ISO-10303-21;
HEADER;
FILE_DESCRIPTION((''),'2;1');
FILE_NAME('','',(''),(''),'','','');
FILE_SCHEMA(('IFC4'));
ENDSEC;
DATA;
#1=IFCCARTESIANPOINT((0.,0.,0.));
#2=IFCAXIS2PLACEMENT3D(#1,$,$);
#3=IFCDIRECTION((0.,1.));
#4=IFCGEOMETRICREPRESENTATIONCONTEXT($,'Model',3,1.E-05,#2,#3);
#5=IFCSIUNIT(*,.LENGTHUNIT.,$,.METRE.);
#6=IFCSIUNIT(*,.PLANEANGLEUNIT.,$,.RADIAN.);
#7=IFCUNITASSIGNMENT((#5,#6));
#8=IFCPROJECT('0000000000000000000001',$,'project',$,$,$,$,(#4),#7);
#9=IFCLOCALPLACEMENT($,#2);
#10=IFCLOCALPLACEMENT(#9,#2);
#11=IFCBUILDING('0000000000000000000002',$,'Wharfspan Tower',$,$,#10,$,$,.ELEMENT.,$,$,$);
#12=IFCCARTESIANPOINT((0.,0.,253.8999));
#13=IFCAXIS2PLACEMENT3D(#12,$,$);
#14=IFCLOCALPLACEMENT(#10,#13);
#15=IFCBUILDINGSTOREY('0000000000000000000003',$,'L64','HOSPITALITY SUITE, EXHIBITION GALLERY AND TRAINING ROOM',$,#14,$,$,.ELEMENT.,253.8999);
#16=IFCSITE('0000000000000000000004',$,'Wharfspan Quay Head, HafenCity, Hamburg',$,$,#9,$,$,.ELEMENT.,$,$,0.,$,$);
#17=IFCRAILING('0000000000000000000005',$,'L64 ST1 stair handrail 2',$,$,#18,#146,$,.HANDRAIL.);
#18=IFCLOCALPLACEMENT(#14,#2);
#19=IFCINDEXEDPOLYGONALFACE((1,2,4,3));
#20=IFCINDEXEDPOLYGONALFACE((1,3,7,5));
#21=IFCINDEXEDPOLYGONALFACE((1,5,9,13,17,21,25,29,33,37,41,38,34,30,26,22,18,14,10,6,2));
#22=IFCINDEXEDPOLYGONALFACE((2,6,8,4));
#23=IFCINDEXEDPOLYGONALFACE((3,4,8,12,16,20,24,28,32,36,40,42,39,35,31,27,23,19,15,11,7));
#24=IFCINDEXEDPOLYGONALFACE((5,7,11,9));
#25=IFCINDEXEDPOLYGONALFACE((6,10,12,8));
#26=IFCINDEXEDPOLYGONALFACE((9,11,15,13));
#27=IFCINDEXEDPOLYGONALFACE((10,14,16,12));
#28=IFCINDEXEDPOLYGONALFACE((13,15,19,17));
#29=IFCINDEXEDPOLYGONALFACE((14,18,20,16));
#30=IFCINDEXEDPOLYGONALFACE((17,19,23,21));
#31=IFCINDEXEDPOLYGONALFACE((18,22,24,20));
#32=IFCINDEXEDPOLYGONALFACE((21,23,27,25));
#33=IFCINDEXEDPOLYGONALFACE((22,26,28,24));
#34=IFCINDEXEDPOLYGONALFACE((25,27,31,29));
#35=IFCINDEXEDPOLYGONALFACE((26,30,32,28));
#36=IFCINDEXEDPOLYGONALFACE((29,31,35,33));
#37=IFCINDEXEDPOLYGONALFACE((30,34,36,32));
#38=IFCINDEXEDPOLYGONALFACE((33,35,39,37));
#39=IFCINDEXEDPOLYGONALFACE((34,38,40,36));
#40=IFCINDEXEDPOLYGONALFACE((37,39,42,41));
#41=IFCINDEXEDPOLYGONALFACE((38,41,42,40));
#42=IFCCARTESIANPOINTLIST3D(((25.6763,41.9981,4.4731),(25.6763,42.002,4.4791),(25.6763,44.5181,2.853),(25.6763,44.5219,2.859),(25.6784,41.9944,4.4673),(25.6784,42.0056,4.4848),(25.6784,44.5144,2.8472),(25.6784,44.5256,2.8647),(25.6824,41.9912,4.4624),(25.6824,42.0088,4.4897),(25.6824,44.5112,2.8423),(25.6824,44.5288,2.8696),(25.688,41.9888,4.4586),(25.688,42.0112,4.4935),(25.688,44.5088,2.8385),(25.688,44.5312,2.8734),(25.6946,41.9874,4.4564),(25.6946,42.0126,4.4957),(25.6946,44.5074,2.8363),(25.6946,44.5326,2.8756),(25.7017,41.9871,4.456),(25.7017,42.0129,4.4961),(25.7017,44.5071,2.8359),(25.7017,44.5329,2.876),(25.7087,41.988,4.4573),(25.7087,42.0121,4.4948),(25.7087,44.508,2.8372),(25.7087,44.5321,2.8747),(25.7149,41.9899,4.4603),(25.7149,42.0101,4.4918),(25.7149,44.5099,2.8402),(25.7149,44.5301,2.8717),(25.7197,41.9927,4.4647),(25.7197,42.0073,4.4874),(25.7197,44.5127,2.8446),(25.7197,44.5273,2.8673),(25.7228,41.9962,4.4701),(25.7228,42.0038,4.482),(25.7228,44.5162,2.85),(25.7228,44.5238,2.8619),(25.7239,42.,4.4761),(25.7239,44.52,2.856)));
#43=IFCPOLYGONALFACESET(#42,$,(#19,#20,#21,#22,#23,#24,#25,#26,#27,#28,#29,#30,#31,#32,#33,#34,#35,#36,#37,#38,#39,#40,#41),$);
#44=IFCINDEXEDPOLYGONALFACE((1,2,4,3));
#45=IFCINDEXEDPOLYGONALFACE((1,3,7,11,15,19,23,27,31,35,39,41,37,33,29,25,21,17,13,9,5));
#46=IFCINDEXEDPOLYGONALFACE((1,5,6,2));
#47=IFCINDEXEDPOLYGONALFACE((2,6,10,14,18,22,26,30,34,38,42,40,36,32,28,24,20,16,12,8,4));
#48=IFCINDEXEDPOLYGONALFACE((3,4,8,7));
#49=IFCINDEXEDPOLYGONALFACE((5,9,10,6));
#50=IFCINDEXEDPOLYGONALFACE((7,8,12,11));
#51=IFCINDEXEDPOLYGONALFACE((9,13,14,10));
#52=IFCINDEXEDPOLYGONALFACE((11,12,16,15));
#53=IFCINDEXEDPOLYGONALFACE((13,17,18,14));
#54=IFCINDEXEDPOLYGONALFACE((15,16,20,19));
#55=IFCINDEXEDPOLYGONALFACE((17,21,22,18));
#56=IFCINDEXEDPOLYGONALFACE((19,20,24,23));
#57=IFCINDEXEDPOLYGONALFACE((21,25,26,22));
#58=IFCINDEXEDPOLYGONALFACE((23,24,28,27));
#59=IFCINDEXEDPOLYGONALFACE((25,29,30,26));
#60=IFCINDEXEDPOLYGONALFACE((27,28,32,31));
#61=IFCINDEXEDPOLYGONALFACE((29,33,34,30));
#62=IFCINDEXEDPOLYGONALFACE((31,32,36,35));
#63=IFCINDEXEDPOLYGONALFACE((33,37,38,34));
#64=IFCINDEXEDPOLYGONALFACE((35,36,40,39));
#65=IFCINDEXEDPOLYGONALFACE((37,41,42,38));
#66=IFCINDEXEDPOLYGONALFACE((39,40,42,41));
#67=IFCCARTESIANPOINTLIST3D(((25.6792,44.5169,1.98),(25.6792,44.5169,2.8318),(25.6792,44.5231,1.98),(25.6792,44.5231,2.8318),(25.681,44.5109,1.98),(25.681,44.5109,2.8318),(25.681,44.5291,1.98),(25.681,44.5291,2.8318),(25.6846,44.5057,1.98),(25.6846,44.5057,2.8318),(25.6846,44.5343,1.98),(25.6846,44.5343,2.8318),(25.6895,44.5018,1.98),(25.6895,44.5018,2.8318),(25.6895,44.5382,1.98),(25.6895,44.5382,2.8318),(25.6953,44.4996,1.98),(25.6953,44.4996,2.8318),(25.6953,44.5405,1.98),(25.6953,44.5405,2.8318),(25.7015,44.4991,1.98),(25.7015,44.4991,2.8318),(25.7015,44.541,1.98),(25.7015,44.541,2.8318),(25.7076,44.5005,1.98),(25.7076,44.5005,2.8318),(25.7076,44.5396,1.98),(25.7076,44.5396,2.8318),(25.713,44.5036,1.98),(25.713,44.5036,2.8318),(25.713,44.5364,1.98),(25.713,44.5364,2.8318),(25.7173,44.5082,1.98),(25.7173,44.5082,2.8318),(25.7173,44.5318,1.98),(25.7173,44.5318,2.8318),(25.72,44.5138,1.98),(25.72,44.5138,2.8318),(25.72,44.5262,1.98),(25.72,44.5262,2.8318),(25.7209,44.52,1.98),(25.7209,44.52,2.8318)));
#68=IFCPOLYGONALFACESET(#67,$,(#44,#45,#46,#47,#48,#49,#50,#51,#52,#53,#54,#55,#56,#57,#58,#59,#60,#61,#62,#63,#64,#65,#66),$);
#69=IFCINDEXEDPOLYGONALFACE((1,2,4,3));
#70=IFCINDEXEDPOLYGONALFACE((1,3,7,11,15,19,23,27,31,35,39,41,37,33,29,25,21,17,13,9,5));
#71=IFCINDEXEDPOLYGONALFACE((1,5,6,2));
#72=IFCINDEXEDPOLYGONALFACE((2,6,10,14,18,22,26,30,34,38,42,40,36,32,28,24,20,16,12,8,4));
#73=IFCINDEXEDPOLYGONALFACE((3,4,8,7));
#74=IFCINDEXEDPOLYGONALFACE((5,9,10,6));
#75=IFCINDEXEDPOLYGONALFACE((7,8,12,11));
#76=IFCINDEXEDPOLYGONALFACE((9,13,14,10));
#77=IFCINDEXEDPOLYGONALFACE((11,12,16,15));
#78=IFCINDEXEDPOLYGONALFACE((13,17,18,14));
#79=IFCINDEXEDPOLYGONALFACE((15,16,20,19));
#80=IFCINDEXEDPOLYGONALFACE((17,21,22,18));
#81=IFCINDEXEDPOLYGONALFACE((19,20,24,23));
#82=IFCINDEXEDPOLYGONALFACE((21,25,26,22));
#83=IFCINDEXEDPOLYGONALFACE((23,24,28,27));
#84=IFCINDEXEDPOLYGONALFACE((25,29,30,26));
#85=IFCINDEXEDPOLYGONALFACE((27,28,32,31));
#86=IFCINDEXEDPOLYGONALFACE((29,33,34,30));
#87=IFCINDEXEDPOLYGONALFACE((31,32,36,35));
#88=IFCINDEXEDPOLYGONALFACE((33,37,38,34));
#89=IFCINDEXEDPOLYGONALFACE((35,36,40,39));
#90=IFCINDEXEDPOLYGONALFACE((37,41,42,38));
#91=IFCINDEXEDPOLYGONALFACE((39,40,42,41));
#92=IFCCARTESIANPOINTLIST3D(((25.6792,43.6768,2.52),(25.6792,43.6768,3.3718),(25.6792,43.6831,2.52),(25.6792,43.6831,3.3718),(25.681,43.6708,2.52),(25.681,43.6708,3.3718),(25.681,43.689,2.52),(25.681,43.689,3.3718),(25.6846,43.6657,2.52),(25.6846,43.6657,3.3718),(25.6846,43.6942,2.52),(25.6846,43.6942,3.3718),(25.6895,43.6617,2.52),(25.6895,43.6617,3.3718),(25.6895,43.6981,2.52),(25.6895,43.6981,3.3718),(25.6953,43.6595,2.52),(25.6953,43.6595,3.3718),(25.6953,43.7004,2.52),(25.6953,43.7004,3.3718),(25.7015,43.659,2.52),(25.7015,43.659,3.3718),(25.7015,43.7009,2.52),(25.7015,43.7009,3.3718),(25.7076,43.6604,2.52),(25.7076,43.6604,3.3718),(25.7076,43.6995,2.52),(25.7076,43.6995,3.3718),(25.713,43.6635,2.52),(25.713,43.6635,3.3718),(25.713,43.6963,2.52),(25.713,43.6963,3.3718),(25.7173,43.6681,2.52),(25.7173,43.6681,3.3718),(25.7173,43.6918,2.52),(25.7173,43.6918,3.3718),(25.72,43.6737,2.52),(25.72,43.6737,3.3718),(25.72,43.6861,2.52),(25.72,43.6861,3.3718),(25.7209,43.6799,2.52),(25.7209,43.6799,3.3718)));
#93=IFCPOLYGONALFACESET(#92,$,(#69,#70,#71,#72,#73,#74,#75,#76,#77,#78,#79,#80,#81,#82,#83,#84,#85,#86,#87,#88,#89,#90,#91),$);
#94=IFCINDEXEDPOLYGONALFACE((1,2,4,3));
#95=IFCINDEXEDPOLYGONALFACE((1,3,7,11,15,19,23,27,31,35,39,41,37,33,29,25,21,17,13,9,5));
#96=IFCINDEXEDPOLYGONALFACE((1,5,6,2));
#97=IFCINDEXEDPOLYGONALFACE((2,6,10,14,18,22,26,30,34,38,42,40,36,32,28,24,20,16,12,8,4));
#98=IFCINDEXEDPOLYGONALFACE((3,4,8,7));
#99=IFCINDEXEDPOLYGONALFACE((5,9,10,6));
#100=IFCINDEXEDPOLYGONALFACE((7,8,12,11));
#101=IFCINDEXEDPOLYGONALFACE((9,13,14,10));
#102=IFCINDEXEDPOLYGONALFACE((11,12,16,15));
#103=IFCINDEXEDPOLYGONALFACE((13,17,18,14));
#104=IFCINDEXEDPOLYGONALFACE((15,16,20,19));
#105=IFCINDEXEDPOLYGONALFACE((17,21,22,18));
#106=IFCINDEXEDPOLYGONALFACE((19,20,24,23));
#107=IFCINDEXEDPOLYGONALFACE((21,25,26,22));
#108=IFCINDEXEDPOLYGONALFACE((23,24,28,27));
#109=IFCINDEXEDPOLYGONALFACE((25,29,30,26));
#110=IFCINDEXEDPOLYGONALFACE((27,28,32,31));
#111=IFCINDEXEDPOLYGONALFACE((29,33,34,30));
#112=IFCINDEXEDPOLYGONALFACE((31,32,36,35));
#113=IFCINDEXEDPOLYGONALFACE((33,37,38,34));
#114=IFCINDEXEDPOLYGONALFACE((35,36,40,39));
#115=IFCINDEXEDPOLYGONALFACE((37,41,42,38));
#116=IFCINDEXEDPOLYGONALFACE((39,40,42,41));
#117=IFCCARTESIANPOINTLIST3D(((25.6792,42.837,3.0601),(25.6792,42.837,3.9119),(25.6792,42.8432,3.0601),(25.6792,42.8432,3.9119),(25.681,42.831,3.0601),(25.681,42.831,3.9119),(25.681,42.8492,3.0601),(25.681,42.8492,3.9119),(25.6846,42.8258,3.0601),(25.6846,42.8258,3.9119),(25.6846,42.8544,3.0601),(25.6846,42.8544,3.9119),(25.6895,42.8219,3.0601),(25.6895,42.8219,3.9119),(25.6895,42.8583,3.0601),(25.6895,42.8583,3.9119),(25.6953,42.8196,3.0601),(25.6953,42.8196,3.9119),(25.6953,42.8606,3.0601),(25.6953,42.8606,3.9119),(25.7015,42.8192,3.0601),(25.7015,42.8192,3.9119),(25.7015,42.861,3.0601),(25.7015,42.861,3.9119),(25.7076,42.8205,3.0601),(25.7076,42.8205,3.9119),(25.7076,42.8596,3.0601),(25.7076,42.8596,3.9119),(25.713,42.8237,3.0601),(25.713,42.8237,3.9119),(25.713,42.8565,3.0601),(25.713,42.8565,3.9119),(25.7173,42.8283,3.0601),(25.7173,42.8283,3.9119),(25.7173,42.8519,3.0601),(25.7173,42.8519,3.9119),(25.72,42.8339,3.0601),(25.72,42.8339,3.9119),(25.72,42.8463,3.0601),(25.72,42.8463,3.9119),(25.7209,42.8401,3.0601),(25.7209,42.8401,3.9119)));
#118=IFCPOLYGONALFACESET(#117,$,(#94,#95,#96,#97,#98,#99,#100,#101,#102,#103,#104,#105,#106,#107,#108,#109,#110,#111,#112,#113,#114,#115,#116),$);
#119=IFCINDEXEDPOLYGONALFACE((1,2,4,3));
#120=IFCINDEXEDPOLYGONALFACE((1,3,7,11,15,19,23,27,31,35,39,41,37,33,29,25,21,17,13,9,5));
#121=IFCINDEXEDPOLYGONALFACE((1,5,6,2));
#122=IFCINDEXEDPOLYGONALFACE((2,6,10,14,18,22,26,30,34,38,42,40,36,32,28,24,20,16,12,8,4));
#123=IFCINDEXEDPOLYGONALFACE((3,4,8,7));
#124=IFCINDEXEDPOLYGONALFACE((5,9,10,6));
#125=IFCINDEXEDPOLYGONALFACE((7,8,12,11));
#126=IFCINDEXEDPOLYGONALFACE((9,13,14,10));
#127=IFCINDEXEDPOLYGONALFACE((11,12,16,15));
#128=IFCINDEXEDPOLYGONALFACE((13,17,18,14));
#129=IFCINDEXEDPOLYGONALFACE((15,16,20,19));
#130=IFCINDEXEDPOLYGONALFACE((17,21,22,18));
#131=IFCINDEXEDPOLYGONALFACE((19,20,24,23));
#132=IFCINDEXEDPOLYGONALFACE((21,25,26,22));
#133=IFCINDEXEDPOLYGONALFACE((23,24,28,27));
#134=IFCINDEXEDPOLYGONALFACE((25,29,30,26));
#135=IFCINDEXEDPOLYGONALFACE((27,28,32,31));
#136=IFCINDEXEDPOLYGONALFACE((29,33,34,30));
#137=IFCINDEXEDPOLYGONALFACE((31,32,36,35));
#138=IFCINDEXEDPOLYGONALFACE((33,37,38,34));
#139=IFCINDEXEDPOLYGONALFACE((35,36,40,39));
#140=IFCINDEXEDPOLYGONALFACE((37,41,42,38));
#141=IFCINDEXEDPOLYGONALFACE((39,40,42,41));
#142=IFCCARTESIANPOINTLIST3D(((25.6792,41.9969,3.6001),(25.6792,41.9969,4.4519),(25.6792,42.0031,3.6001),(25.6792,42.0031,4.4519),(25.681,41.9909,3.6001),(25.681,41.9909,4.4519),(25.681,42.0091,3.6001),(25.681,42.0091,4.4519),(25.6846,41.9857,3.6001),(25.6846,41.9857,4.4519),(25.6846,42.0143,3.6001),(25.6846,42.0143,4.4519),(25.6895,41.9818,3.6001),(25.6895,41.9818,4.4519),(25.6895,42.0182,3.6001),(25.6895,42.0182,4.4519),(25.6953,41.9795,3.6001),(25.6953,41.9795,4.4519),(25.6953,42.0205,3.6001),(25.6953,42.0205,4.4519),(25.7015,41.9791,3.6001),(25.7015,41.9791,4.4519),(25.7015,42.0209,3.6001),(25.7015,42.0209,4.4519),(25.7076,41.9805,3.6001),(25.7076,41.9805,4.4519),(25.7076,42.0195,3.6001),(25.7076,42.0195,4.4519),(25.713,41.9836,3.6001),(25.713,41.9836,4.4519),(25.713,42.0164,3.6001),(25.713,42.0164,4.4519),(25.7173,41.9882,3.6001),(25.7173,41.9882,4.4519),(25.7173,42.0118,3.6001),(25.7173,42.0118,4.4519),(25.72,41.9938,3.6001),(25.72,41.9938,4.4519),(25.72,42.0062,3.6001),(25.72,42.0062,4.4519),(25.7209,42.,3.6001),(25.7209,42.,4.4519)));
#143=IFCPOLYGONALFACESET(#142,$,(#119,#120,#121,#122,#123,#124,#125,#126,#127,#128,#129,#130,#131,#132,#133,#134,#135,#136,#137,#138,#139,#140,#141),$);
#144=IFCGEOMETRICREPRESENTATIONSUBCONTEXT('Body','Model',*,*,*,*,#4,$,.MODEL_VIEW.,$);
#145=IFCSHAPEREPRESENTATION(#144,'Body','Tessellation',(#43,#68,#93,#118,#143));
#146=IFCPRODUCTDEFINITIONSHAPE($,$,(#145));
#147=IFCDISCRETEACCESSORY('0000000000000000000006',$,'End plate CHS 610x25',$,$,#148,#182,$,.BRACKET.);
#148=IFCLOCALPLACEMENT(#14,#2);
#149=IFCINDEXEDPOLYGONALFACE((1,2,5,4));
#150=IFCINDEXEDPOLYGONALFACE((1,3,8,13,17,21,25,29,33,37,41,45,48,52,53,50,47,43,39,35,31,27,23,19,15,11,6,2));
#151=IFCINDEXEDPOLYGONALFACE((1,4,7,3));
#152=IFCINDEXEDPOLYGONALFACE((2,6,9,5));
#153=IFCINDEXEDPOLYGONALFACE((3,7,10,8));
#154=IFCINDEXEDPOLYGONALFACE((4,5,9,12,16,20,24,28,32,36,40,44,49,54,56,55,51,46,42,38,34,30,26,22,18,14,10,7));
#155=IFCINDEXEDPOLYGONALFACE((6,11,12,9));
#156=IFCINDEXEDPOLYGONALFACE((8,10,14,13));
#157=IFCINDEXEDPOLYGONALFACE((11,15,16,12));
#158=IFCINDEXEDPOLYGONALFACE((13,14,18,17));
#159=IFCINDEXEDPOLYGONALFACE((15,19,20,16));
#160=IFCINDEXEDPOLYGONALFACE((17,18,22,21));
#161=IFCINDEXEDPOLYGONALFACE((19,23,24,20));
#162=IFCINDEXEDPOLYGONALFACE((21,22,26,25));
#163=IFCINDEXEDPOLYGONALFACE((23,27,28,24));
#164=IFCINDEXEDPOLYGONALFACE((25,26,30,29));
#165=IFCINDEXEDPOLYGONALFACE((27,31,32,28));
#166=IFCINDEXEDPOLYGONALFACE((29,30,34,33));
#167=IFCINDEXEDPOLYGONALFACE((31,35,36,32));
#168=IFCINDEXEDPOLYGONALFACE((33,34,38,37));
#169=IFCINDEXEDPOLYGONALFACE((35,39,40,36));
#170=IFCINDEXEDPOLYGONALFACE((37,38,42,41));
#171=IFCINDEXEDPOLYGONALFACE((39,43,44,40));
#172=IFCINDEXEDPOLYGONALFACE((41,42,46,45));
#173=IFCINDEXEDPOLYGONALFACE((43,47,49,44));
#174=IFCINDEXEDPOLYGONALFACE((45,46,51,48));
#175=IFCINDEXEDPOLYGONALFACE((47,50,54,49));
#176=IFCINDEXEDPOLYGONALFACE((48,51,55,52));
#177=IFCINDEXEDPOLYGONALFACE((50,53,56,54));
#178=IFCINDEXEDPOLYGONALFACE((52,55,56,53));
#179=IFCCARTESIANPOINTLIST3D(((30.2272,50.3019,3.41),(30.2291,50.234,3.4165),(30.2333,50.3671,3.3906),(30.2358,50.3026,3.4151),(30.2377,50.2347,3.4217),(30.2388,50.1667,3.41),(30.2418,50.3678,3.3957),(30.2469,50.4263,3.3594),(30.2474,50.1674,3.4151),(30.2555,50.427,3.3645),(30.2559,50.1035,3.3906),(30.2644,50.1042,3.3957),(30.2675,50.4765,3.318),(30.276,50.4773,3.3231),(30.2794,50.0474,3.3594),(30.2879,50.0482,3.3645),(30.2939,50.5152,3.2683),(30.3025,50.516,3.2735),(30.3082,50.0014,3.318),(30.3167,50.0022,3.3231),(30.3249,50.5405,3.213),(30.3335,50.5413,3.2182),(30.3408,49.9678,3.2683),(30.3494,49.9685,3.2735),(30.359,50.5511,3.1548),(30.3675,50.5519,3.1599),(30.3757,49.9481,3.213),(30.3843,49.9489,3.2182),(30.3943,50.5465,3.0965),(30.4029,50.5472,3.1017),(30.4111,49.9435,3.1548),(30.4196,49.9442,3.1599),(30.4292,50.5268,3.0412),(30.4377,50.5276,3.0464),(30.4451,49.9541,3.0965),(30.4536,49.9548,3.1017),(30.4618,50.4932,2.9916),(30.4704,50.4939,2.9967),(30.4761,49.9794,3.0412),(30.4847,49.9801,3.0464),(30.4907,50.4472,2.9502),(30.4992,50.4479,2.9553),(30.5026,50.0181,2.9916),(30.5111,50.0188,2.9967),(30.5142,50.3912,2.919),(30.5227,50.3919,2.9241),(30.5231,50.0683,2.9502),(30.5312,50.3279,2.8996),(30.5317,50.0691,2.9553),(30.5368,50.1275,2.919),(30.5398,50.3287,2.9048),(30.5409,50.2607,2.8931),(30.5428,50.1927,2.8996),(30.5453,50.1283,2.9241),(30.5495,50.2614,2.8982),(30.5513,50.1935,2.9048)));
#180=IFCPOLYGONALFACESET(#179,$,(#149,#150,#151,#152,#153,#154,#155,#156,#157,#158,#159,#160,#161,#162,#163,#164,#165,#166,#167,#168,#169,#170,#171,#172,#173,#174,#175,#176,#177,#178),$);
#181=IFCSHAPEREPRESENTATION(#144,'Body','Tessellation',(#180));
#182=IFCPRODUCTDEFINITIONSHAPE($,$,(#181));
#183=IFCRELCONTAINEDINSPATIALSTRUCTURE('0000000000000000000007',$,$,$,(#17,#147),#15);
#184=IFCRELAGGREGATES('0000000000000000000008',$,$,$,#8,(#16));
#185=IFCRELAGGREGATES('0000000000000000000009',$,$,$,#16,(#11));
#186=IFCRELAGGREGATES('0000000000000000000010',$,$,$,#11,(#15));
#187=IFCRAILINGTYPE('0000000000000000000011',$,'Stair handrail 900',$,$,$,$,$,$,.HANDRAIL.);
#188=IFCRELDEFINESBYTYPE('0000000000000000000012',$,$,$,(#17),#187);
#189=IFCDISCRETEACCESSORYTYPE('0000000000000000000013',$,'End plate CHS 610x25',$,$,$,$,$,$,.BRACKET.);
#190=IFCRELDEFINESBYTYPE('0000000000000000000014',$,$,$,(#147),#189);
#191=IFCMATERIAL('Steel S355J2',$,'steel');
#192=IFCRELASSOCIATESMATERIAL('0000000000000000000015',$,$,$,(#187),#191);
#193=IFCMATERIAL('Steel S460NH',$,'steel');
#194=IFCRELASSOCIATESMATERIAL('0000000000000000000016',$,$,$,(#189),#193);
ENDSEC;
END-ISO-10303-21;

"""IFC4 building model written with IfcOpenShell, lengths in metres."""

from ifc_helpers import new_model, si_unit, direction, frame, origin, origin_2d, place, context, subcontext, project, spatial, circle, extrude, material, material_profile, profile_set, type_object, element, save


model = new_model("IFC4")

# Units and contexts
model_context = context("Model", 3, precision=1e-05, world=origin(), true_north=direction((0.0, 1.0)))
body_context = subcontext(model_context, "Body", "Model", "MODEL_VIEW")
ifc_project = project(units=[si_unit("LENGTHUNIT", "METRE"), si_unit("PLANEANGLEUNIT", "RADIAN")], contexts=[model_context])

# Site, building, storey
site_placement = place(None, origin())
site = spatial("IfcSite", under=ifc_project, at=site_placement, Name="Wharfspan Quay Head, HafenCity, Hamburg", CompositionType="ELEMENT", RefElevation=0.0)
building_placement = place(site_placement, origin())
building = spatial("IfcBuilding", under=site, at=building_placement, Name="Wharfspan Tower", CompositionType="ELEMENT")
storey_placement = place(building_placement, frame((0.0, 0.0, 253.8999)))
storey = spatial("IfcBuildingStorey", under=building, at=storey_placement, Name="L64", Description="HOSPITALITY SUITE, EXHIBITION GALLERY AND TRAINING ROOM", CompositionType="ELEMENT", Elevation=253.8999)

# Shared definitions
ifc_material_1 = material(Name="Steel S355J2", Category="steel")

# Shared definitions
ifc_material_2 = material(Name="Steel S460NH", Category="steel")

# Railing
railing_type_1 = type_object("IfcRailingType", Name="Stair handrail 900", PredefinedType="HANDRAIL", material=ifc_material_1)
railing_1_placement = place(storey_placement, frame((25.7, 44.52, 1.98)))
element("IfcRailing", 1, at=railing_1_placement, inside=storey, type_object=railing_type_1, Name="L64 ST1 stair handrail 2", PredefinedType="HANDRAIL", context=body_context, shape_type="SweptSolid", body=[
    extrude(circle(Radius=0.0239, at=origin_2d()), frame((0.0, 0.0, 0.876), z_axis=(0.0, -0.841163, 0.540782), x_axis=(1.0, 0.0, 0.0)), (0.0, 0.0, 1.0), 2.9958),
    extrude(circle(Radius=0.021, at=origin_2d()), origin(), (0.0, 0.0, 1.0), 0.8518),
    extrude(circle(Radius=0.021, at=origin_2d()), frame((0.0, -0.8401, 0.54)), (0.0, 0.0, 1.0), 0.8518),
    extrude(circle(Radius=0.021, at=origin_2d()), frame((0.0, -1.6799, 1.0801)), (0.0, 0.0, 1.0), 0.8518),
    extrude(circle(Radius=0.021, at=origin_2d()), frame((0.0, -2.52, 1.6201)), (0.0, 0.0, 1.0), 0.8518),
])

# Discrete accessory
ifc_material_profile_1 = material_profile(ifc_material_2, circle(Radius=0.3049, at=origin_2d()))
ifc_profile_set_1 = profile_set([ifc_material_profile_1], Name="Steel S460NH")
discrete_accessory_type = type_object("IfcDiscreteAccessoryType", Name="End plate CHS 610x25", PredefinedType="BRACKET", material=ifc_profile_set_1)
for number, where, z_axis, x_axis, name in (
    (2, (30.385, 50.2473, 3.1548), (0.855186, 0.073302, 0.513112), (-0.085402, 0.996345, 0.000001), "End plate CHS 610x25"),
):
    element("IfcDiscreteAccessory", number, at=place(storey_placement, frame(where, z_axis=z_axis, x_axis=x_axis)), inside=storey, type_object=discrete_accessory_type, Name=name, PredefinedType="BRACKET", context=body_context, shape_type="SweptSolid", body=[
        extrude(circle(Radius=0.3049, at=origin_2d()), origin(), (0.0, 0.0, 1.0), 0.01),
    ])

save(model, "model.ifc")
